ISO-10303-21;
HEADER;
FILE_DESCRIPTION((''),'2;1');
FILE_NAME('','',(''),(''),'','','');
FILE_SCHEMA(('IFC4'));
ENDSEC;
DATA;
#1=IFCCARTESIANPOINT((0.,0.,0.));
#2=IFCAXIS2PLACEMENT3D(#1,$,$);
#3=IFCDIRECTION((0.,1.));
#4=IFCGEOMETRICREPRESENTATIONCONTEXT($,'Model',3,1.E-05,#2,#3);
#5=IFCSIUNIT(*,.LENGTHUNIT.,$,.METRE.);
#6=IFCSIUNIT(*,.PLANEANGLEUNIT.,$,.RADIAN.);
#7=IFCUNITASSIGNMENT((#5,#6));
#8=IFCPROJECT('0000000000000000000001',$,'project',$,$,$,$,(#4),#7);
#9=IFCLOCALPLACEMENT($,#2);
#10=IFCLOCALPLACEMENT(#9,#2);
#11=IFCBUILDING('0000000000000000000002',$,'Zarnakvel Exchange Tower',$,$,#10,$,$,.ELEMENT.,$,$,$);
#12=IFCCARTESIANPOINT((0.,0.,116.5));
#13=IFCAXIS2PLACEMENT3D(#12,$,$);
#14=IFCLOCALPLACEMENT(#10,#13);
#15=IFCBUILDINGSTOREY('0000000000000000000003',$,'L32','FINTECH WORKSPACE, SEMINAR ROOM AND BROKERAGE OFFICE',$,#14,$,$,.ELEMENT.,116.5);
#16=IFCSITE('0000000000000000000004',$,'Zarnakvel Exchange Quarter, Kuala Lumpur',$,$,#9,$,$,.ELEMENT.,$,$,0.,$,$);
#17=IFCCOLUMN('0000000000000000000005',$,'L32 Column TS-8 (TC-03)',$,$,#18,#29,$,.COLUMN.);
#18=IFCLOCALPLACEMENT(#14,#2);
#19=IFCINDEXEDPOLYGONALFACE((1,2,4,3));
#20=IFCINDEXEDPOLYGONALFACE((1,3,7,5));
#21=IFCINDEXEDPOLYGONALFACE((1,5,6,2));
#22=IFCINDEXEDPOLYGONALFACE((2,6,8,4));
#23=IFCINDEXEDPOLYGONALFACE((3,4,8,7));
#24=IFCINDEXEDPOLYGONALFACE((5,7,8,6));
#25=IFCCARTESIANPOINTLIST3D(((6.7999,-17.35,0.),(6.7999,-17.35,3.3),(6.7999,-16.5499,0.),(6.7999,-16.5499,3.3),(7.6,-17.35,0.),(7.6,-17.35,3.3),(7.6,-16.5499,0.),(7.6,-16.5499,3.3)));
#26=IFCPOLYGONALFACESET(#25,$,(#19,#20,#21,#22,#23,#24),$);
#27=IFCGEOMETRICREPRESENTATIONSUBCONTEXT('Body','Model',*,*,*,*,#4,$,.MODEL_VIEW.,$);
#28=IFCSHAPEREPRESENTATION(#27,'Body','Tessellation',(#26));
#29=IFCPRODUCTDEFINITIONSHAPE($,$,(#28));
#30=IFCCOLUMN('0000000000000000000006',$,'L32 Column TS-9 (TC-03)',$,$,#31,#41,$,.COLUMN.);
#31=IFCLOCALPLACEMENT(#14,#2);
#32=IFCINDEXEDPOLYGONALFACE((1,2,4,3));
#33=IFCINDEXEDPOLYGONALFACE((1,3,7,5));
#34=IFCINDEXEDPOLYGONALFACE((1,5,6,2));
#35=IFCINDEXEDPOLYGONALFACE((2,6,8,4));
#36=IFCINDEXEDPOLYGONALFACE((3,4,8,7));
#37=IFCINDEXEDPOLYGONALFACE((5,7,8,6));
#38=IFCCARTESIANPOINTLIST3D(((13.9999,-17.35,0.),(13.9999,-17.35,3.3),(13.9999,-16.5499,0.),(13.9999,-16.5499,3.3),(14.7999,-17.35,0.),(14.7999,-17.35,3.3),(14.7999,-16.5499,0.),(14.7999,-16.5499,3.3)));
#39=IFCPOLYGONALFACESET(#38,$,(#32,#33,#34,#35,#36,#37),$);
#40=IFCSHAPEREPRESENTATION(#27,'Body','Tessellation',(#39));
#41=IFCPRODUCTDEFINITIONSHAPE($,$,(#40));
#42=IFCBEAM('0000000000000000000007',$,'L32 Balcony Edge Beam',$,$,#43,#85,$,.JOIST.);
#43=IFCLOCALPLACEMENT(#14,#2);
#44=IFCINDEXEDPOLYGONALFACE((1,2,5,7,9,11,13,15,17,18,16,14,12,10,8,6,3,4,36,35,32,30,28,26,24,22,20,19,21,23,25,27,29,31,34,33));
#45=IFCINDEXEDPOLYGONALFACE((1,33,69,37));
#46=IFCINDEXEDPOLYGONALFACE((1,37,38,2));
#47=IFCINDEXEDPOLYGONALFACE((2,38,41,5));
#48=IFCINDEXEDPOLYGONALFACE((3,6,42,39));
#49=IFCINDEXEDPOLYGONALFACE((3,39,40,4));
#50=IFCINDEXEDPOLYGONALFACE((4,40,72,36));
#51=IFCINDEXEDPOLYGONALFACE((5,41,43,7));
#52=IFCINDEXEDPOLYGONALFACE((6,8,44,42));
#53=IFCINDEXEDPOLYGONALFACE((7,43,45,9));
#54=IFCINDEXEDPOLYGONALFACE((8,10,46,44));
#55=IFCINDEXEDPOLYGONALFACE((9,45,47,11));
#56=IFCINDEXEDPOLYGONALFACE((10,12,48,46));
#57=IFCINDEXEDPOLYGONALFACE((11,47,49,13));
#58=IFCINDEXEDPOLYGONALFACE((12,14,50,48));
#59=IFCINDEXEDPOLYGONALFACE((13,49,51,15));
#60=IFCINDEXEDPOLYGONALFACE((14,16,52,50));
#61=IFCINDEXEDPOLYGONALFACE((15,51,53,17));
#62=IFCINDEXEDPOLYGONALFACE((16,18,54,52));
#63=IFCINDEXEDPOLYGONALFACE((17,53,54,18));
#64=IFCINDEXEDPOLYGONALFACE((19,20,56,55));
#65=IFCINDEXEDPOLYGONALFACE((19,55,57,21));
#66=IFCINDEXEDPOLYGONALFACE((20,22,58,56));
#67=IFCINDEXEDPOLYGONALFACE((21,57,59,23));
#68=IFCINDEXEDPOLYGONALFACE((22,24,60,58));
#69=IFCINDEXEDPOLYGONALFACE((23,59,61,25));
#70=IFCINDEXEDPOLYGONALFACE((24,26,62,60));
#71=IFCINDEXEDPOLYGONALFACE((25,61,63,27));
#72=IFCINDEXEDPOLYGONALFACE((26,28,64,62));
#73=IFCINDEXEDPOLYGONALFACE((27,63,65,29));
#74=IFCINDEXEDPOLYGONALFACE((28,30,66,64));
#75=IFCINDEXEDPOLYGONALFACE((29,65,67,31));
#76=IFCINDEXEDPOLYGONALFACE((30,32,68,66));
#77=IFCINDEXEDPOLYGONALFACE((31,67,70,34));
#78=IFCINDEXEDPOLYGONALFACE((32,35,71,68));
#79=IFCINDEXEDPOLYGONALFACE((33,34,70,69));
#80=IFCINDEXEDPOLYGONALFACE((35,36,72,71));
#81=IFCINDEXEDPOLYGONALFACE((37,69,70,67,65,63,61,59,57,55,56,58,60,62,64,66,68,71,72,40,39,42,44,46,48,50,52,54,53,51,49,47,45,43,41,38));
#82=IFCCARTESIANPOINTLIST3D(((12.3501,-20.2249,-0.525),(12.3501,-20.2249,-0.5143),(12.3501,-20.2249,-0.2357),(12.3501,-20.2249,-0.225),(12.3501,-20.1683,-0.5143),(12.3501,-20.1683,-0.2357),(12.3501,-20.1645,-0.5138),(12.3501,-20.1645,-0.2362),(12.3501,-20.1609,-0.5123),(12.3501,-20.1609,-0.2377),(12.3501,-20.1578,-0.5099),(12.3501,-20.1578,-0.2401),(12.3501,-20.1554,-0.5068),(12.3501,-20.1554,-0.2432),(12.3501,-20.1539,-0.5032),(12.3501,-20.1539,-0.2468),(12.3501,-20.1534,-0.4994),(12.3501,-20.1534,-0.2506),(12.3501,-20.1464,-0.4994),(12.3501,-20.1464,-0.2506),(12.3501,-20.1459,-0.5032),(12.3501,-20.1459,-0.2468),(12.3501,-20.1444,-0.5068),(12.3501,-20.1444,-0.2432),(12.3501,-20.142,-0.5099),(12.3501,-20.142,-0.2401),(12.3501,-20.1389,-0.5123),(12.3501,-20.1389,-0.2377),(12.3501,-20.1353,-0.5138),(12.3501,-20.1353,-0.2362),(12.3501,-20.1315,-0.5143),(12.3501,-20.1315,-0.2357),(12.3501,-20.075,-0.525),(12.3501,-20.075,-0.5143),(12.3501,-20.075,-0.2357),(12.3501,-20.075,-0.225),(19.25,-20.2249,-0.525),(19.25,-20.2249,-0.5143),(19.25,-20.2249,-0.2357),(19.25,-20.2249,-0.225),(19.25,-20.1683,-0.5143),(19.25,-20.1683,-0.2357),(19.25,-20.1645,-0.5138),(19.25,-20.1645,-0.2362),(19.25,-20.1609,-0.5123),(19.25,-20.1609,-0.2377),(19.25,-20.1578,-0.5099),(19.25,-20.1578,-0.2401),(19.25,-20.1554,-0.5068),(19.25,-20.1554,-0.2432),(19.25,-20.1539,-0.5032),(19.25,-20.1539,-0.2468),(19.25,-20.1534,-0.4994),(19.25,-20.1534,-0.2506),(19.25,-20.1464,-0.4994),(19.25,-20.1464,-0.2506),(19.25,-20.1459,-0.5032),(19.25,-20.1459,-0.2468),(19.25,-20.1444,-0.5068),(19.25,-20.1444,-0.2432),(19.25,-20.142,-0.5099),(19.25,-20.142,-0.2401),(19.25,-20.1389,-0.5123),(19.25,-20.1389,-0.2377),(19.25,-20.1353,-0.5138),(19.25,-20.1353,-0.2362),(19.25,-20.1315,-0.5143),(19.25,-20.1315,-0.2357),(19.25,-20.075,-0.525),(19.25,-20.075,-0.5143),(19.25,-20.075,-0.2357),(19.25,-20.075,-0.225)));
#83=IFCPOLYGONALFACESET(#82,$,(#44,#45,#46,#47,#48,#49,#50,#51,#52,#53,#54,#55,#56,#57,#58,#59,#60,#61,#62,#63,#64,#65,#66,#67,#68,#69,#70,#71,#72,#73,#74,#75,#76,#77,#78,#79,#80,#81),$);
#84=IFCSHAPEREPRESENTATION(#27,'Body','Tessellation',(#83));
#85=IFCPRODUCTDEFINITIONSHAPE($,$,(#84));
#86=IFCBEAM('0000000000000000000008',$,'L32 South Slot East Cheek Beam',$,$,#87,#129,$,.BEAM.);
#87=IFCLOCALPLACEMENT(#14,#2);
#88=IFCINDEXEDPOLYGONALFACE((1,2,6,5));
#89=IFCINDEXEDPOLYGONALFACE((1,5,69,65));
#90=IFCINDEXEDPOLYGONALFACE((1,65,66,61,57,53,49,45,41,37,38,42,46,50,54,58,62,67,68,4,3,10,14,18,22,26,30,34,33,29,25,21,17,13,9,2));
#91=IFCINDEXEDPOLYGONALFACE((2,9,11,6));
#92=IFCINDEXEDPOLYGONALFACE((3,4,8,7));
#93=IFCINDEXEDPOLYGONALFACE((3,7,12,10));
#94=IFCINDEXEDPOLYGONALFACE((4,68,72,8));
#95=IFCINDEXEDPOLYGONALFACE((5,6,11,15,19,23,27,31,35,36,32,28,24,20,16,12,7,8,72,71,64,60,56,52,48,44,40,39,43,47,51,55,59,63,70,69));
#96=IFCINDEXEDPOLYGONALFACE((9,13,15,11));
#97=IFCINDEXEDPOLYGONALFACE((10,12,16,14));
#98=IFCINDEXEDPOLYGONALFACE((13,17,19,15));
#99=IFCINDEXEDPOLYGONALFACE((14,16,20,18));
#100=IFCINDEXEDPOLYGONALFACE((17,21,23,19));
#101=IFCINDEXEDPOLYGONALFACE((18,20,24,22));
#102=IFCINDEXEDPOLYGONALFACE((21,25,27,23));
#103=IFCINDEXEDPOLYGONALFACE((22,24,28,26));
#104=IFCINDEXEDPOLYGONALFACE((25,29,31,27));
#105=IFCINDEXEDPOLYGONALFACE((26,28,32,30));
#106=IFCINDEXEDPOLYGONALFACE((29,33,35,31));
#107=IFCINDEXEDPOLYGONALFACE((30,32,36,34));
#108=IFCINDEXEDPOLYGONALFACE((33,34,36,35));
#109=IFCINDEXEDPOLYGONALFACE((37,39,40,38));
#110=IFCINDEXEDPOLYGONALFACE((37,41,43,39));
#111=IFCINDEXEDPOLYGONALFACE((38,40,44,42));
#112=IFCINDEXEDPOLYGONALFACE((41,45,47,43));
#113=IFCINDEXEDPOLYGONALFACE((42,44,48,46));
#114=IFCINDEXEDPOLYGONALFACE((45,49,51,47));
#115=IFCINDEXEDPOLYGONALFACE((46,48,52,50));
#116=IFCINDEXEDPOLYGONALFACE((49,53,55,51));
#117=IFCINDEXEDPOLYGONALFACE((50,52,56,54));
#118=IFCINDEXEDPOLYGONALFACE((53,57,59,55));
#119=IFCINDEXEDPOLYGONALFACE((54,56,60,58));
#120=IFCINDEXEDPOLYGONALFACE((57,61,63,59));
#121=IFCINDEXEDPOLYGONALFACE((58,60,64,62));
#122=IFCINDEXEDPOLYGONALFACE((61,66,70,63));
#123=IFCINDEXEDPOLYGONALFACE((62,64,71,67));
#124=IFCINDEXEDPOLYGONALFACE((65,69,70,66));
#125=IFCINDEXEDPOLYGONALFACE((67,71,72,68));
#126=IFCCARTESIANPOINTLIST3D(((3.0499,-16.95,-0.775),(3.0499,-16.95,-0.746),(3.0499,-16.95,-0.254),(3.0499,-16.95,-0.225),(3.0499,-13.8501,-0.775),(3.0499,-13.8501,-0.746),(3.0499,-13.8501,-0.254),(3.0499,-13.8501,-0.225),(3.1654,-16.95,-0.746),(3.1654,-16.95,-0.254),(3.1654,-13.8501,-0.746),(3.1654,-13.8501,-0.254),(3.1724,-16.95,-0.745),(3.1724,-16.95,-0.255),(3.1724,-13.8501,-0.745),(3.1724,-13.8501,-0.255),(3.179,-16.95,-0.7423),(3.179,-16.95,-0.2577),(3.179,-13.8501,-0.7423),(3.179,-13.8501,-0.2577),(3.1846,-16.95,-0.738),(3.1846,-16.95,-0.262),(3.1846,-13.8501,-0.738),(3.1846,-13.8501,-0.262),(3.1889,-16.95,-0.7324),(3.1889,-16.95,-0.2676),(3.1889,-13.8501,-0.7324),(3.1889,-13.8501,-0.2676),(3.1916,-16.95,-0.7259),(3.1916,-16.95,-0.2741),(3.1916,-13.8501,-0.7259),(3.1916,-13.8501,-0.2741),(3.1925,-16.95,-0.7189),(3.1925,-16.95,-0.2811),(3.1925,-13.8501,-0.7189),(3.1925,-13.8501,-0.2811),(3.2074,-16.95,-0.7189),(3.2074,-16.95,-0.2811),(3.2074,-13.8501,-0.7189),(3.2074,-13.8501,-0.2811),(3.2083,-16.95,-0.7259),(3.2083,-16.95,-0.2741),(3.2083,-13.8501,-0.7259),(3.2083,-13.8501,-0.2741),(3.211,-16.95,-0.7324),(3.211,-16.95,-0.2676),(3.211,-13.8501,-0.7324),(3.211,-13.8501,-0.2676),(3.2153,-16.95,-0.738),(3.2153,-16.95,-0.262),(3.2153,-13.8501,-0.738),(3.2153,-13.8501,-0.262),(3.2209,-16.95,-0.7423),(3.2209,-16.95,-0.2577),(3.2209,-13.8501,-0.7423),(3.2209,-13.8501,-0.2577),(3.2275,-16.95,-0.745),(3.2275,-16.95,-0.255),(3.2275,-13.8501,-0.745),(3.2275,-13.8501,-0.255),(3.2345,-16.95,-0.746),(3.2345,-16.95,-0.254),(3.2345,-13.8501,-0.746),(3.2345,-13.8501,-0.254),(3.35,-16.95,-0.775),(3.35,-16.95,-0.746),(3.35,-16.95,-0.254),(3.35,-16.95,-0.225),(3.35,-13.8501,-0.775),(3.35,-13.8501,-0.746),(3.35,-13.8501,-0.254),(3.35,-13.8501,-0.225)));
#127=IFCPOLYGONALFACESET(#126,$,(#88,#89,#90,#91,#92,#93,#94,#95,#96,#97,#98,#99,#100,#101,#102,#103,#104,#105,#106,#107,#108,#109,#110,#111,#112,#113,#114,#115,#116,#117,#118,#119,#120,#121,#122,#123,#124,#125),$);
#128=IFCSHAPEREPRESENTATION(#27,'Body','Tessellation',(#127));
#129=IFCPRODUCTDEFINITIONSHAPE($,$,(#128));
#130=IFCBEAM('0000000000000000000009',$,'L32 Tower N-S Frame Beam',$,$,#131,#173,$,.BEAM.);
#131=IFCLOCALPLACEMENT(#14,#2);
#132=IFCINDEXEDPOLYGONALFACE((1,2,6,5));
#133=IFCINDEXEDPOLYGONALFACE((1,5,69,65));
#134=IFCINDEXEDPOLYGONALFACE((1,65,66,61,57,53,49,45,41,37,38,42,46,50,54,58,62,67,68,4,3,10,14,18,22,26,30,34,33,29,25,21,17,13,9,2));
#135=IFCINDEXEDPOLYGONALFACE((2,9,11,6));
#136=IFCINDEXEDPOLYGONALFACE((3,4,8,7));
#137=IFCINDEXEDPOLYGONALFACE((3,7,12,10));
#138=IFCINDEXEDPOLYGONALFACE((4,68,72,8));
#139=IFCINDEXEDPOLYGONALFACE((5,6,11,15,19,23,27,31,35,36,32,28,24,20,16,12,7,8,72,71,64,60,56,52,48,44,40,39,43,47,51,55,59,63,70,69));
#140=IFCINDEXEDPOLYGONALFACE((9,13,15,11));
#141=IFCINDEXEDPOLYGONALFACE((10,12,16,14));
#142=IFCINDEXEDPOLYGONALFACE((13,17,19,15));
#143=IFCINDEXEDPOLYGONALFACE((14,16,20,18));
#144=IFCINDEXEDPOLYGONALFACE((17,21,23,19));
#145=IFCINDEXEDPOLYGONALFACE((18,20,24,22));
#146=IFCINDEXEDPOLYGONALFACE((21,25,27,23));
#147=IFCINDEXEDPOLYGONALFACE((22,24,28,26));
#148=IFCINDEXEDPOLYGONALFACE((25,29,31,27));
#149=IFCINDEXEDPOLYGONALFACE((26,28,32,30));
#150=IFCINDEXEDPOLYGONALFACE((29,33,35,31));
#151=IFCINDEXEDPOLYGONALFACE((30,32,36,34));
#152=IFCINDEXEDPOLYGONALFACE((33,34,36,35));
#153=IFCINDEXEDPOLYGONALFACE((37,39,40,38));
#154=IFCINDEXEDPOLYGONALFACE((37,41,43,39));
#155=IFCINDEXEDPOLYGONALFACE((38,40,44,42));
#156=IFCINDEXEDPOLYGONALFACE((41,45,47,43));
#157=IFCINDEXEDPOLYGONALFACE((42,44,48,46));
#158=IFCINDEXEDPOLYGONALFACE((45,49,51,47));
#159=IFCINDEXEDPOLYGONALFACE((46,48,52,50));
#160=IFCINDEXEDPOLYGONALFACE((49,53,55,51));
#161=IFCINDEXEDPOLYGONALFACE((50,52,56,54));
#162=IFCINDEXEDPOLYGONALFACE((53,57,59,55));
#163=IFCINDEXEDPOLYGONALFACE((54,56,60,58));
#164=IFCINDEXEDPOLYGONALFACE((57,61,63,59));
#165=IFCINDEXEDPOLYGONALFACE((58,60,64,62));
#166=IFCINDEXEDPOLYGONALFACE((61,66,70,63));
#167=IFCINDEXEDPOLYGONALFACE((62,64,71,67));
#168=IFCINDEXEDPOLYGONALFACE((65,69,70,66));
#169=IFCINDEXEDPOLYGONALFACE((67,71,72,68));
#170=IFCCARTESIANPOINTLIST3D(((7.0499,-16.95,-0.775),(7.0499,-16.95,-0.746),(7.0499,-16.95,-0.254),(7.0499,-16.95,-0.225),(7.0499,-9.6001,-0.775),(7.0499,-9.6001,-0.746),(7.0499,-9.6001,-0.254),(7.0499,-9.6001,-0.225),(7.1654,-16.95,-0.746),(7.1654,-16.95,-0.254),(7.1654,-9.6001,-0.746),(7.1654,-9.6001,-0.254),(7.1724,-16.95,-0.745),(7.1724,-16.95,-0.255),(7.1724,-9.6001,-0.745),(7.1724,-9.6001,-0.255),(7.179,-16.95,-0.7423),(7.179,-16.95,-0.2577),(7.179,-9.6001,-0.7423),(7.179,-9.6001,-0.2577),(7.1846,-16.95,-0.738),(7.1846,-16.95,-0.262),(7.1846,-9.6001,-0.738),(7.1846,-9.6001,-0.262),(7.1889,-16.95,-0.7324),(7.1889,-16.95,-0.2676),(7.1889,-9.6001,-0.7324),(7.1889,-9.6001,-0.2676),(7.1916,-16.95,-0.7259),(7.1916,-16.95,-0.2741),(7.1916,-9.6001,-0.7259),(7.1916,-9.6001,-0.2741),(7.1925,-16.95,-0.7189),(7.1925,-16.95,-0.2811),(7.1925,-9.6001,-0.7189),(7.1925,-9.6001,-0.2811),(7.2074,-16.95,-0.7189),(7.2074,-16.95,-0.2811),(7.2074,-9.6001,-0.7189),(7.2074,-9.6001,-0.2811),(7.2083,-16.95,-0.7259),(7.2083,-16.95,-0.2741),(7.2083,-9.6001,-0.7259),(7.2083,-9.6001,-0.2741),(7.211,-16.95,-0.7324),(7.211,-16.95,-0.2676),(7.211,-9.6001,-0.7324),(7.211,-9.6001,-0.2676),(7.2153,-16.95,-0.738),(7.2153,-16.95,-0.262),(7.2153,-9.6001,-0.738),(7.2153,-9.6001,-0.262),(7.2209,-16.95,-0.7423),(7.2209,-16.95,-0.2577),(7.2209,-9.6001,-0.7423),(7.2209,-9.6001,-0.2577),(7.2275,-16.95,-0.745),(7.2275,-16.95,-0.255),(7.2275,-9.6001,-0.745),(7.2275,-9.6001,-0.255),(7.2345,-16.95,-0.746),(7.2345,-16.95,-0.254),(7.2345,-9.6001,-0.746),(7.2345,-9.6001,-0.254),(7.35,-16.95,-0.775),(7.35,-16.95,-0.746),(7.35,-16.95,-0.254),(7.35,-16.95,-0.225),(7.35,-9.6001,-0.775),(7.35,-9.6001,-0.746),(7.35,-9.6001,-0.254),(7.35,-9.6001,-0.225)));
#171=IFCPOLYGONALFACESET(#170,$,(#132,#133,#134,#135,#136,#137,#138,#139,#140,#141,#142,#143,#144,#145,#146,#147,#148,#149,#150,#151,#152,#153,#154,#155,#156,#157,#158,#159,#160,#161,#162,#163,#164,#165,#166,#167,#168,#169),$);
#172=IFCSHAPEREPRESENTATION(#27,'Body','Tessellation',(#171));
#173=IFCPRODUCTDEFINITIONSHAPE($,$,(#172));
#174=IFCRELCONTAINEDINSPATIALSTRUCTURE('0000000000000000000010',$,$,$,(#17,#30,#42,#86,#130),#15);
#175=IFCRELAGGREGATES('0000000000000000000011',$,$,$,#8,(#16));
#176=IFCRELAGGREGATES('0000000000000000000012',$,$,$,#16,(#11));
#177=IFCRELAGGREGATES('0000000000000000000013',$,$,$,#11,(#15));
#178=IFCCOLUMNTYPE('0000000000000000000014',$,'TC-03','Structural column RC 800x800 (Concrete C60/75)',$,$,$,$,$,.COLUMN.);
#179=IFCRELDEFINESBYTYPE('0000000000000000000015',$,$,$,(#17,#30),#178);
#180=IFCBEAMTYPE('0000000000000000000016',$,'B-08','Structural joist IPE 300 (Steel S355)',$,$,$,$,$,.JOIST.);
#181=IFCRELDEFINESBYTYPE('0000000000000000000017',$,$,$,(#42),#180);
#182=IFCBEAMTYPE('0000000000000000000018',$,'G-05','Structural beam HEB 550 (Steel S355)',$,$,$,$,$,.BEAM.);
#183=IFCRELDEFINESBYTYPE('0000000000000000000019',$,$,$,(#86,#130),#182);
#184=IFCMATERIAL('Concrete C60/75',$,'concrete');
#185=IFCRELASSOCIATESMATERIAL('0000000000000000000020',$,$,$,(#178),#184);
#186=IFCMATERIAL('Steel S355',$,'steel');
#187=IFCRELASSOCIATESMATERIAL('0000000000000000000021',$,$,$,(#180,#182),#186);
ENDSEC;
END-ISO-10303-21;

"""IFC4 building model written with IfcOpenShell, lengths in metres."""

from ifc_helpers import new_model, si_unit, direction, frame, origin, origin_2d, place, context, subcontext, project, spatial, rectangle, i_section, extrude, material, material_profile, profile_set, type_object, element, save


model = new_model("IFC4")

# Units and contexts
model_context = context("Model", 3, precision=1e-05, world=origin(), true_north=direction((0.0, 1.0)))
body_context = subcontext(model_context, "Body", "Model", "MODEL_VIEW")
ifc_project = project(units=[si_unit("LENGTHUNIT", "METRE"), si_unit("PLANEANGLEUNIT", "RADIAN")], contexts=[model_context])

# Site, building, storey
site_placement = place(None, origin())
site = spatial("IfcSite", under=ifc_project, at=site_placement, Name="Zarnakvel Exchange Quarter, Kuala Lumpur", CompositionType="ELEMENT", RefElevation=0.0)
building_placement = place(site_placement, origin())
building = spatial("IfcBuilding", under=site, at=building_placement, Name="Zarnakvel Exchange Tower", CompositionType="ELEMENT")
storey_placement = place(building_placement, frame((0.0, 0.0, 116.5)))
storey = spatial("IfcBuildingStorey", under=building, at=storey_placement, Name="L32", Description="FINTECH WORKSPACE, SEMINAR ROOM AND BROKERAGE OFFICE", CompositionType="ELEMENT", Elevation=116.5)

# Columns
ifc_material_1 = material(Name="Concrete C60/75", Category="concrete")
ifc_material_profile_1 = material_profile(ifc_material_1, rectangle(XDim=0.8, YDim=0.8, at=origin_2d()))
ifc_profile_set_1 = profile_set([ifc_material_profile_1], Name="Concrete C60/75")
column_type = type_object("IfcColumnType", Name="TC-03", Description="Structural column RC 800x800 (Concrete C60/75)", PredefinedType="COLUMN", material=ifc_profile_set_1)
for number, where, z_axis, x_axis, name in (
    (1, (7.2, -16.95, 0.0), (0.0, 0.0, 1.0), (1.0, 0.0, 0.0), "L32 Column TS-8 (TC-03)"),
    (2, (14.3999, -16.95, 0.0), (0.0, 0.0, 1.0), (1.0, 0.0, 0.0), "L32 Column TS-9 (TC-03)"),
):
    element("IfcColumn", number, at=place(storey_placement, frame(where, z_axis=z_axis, x_axis=x_axis)), inside=storey, type_object=column_type, Name=name, PredefinedType="COLUMN", context=body_context, shape_type="SweptSolid", body=[
        extrude(rectangle(XDim=0.8, YDim=0.8, at=origin_2d()), origin(), (0.0, 0.0, 1.0), 3.3),
    ])

# Beams
ifc_material_2 = material(Name="Steel S355", Category="steel")
ifc_material_profile_2 = material_profile(ifc_material_2, i_section(OverallWidth=0.1499, OverallDepth=0.3, WebThickness=0.0071, FlangeThickness=0.0107, FilletRadius=0.0149, at=origin_2d()))
ifc_profile_set_2 = profile_set([ifc_material_profile_2], Name="Steel S355")
beam_type_1 = type_object("IfcBeamType", Name="B-08", Description="Structural joist IPE 300 (Steel S355)", PredefinedType="JOIST", material=ifc_profile_set_2)
beam_1_placement = place(storey_placement, frame((12.3501, -20.1499, -0.375), z_axis=(1.0, 0.0, 0.0), x_axis=(0.0, 1.0, 0.0)))
element("IfcBeam", 3, at=beam_1_placement, inside=storey, type_object=beam_type_1, Name="L32 Balcony Edge Beam", PredefinedType="JOIST", context=body_context, shape_type="SweptSolid", body=[
    extrude(i_section(OverallWidth=0.1499, OverallDepth=0.3, WebThickness=0.0071, FlangeThickness=0.0107, FilletRadius=0.0149, at=origin_2d()), origin(), (0.0, 0.0, 1.0), 6.8999),
])
ifc_material_profile_3 = material_profile(ifc_material_2, i_section(OverallWidth=0.3, OverallDepth=0.55, WebThickness=0.0149, FlangeThickness=0.0291, FilletRadius=0.0271, at=origin_2d()))
ifc_profile_set_3 = profile_set([ifc_material_profile_3], Name="Steel S355")
beam_type_2 = type_object("IfcBeamType", Name="G-05", Description="Structural beam HEB 550 (Steel S355)", PredefinedType="BEAM", material=ifc_profile_set_3)
beam_2_placement = place(storey_placement, frame((3.2, -16.95, -0.5), z_axis=(0.0, 1.0, 0.0), x_axis=(-1.0, 0.0, 0.0)))
element("IfcBeam", 4, at=beam_2_placement, inside=storey, type_object=beam_type_2, Name="L32 South Slot East Cheek Beam", PredefinedType="BEAM", context=body_context, shape_type="SweptSolid", body=[
    extrude(i_section(OverallWidth=0.3, OverallDepth=0.55, WebThickness=0.0149, FlangeThickness=0.0291, FilletRadius=0.0271, at=origin_2d()), origin(), (0.0, 0.0, 1.0), 3.0999),
])
beam_3_placement = place(storey_placement, frame((7.2, -16.95, -0.5), z_axis=(0.0, 1.0, 0.0), x_axis=(-1.0, 0.0, 0.0)))
element("IfcBeam", 5, at=beam_3_placement, inside=storey, type_object=beam_type_2, Name="L32 Tower N-S Frame Beam", PredefinedType="BEAM", context=body_context, shape_type="SweptSolid", body=[
    extrude(i_section(OverallWidth=0.3, OverallDepth=0.55, WebThickness=0.0149, FlangeThickness=0.0291, FilletRadius=0.0271, at=origin_2d()), origin(), (0.0, 0.0, 1.0), 7.3499),
])

save(model, "model.ifc")
